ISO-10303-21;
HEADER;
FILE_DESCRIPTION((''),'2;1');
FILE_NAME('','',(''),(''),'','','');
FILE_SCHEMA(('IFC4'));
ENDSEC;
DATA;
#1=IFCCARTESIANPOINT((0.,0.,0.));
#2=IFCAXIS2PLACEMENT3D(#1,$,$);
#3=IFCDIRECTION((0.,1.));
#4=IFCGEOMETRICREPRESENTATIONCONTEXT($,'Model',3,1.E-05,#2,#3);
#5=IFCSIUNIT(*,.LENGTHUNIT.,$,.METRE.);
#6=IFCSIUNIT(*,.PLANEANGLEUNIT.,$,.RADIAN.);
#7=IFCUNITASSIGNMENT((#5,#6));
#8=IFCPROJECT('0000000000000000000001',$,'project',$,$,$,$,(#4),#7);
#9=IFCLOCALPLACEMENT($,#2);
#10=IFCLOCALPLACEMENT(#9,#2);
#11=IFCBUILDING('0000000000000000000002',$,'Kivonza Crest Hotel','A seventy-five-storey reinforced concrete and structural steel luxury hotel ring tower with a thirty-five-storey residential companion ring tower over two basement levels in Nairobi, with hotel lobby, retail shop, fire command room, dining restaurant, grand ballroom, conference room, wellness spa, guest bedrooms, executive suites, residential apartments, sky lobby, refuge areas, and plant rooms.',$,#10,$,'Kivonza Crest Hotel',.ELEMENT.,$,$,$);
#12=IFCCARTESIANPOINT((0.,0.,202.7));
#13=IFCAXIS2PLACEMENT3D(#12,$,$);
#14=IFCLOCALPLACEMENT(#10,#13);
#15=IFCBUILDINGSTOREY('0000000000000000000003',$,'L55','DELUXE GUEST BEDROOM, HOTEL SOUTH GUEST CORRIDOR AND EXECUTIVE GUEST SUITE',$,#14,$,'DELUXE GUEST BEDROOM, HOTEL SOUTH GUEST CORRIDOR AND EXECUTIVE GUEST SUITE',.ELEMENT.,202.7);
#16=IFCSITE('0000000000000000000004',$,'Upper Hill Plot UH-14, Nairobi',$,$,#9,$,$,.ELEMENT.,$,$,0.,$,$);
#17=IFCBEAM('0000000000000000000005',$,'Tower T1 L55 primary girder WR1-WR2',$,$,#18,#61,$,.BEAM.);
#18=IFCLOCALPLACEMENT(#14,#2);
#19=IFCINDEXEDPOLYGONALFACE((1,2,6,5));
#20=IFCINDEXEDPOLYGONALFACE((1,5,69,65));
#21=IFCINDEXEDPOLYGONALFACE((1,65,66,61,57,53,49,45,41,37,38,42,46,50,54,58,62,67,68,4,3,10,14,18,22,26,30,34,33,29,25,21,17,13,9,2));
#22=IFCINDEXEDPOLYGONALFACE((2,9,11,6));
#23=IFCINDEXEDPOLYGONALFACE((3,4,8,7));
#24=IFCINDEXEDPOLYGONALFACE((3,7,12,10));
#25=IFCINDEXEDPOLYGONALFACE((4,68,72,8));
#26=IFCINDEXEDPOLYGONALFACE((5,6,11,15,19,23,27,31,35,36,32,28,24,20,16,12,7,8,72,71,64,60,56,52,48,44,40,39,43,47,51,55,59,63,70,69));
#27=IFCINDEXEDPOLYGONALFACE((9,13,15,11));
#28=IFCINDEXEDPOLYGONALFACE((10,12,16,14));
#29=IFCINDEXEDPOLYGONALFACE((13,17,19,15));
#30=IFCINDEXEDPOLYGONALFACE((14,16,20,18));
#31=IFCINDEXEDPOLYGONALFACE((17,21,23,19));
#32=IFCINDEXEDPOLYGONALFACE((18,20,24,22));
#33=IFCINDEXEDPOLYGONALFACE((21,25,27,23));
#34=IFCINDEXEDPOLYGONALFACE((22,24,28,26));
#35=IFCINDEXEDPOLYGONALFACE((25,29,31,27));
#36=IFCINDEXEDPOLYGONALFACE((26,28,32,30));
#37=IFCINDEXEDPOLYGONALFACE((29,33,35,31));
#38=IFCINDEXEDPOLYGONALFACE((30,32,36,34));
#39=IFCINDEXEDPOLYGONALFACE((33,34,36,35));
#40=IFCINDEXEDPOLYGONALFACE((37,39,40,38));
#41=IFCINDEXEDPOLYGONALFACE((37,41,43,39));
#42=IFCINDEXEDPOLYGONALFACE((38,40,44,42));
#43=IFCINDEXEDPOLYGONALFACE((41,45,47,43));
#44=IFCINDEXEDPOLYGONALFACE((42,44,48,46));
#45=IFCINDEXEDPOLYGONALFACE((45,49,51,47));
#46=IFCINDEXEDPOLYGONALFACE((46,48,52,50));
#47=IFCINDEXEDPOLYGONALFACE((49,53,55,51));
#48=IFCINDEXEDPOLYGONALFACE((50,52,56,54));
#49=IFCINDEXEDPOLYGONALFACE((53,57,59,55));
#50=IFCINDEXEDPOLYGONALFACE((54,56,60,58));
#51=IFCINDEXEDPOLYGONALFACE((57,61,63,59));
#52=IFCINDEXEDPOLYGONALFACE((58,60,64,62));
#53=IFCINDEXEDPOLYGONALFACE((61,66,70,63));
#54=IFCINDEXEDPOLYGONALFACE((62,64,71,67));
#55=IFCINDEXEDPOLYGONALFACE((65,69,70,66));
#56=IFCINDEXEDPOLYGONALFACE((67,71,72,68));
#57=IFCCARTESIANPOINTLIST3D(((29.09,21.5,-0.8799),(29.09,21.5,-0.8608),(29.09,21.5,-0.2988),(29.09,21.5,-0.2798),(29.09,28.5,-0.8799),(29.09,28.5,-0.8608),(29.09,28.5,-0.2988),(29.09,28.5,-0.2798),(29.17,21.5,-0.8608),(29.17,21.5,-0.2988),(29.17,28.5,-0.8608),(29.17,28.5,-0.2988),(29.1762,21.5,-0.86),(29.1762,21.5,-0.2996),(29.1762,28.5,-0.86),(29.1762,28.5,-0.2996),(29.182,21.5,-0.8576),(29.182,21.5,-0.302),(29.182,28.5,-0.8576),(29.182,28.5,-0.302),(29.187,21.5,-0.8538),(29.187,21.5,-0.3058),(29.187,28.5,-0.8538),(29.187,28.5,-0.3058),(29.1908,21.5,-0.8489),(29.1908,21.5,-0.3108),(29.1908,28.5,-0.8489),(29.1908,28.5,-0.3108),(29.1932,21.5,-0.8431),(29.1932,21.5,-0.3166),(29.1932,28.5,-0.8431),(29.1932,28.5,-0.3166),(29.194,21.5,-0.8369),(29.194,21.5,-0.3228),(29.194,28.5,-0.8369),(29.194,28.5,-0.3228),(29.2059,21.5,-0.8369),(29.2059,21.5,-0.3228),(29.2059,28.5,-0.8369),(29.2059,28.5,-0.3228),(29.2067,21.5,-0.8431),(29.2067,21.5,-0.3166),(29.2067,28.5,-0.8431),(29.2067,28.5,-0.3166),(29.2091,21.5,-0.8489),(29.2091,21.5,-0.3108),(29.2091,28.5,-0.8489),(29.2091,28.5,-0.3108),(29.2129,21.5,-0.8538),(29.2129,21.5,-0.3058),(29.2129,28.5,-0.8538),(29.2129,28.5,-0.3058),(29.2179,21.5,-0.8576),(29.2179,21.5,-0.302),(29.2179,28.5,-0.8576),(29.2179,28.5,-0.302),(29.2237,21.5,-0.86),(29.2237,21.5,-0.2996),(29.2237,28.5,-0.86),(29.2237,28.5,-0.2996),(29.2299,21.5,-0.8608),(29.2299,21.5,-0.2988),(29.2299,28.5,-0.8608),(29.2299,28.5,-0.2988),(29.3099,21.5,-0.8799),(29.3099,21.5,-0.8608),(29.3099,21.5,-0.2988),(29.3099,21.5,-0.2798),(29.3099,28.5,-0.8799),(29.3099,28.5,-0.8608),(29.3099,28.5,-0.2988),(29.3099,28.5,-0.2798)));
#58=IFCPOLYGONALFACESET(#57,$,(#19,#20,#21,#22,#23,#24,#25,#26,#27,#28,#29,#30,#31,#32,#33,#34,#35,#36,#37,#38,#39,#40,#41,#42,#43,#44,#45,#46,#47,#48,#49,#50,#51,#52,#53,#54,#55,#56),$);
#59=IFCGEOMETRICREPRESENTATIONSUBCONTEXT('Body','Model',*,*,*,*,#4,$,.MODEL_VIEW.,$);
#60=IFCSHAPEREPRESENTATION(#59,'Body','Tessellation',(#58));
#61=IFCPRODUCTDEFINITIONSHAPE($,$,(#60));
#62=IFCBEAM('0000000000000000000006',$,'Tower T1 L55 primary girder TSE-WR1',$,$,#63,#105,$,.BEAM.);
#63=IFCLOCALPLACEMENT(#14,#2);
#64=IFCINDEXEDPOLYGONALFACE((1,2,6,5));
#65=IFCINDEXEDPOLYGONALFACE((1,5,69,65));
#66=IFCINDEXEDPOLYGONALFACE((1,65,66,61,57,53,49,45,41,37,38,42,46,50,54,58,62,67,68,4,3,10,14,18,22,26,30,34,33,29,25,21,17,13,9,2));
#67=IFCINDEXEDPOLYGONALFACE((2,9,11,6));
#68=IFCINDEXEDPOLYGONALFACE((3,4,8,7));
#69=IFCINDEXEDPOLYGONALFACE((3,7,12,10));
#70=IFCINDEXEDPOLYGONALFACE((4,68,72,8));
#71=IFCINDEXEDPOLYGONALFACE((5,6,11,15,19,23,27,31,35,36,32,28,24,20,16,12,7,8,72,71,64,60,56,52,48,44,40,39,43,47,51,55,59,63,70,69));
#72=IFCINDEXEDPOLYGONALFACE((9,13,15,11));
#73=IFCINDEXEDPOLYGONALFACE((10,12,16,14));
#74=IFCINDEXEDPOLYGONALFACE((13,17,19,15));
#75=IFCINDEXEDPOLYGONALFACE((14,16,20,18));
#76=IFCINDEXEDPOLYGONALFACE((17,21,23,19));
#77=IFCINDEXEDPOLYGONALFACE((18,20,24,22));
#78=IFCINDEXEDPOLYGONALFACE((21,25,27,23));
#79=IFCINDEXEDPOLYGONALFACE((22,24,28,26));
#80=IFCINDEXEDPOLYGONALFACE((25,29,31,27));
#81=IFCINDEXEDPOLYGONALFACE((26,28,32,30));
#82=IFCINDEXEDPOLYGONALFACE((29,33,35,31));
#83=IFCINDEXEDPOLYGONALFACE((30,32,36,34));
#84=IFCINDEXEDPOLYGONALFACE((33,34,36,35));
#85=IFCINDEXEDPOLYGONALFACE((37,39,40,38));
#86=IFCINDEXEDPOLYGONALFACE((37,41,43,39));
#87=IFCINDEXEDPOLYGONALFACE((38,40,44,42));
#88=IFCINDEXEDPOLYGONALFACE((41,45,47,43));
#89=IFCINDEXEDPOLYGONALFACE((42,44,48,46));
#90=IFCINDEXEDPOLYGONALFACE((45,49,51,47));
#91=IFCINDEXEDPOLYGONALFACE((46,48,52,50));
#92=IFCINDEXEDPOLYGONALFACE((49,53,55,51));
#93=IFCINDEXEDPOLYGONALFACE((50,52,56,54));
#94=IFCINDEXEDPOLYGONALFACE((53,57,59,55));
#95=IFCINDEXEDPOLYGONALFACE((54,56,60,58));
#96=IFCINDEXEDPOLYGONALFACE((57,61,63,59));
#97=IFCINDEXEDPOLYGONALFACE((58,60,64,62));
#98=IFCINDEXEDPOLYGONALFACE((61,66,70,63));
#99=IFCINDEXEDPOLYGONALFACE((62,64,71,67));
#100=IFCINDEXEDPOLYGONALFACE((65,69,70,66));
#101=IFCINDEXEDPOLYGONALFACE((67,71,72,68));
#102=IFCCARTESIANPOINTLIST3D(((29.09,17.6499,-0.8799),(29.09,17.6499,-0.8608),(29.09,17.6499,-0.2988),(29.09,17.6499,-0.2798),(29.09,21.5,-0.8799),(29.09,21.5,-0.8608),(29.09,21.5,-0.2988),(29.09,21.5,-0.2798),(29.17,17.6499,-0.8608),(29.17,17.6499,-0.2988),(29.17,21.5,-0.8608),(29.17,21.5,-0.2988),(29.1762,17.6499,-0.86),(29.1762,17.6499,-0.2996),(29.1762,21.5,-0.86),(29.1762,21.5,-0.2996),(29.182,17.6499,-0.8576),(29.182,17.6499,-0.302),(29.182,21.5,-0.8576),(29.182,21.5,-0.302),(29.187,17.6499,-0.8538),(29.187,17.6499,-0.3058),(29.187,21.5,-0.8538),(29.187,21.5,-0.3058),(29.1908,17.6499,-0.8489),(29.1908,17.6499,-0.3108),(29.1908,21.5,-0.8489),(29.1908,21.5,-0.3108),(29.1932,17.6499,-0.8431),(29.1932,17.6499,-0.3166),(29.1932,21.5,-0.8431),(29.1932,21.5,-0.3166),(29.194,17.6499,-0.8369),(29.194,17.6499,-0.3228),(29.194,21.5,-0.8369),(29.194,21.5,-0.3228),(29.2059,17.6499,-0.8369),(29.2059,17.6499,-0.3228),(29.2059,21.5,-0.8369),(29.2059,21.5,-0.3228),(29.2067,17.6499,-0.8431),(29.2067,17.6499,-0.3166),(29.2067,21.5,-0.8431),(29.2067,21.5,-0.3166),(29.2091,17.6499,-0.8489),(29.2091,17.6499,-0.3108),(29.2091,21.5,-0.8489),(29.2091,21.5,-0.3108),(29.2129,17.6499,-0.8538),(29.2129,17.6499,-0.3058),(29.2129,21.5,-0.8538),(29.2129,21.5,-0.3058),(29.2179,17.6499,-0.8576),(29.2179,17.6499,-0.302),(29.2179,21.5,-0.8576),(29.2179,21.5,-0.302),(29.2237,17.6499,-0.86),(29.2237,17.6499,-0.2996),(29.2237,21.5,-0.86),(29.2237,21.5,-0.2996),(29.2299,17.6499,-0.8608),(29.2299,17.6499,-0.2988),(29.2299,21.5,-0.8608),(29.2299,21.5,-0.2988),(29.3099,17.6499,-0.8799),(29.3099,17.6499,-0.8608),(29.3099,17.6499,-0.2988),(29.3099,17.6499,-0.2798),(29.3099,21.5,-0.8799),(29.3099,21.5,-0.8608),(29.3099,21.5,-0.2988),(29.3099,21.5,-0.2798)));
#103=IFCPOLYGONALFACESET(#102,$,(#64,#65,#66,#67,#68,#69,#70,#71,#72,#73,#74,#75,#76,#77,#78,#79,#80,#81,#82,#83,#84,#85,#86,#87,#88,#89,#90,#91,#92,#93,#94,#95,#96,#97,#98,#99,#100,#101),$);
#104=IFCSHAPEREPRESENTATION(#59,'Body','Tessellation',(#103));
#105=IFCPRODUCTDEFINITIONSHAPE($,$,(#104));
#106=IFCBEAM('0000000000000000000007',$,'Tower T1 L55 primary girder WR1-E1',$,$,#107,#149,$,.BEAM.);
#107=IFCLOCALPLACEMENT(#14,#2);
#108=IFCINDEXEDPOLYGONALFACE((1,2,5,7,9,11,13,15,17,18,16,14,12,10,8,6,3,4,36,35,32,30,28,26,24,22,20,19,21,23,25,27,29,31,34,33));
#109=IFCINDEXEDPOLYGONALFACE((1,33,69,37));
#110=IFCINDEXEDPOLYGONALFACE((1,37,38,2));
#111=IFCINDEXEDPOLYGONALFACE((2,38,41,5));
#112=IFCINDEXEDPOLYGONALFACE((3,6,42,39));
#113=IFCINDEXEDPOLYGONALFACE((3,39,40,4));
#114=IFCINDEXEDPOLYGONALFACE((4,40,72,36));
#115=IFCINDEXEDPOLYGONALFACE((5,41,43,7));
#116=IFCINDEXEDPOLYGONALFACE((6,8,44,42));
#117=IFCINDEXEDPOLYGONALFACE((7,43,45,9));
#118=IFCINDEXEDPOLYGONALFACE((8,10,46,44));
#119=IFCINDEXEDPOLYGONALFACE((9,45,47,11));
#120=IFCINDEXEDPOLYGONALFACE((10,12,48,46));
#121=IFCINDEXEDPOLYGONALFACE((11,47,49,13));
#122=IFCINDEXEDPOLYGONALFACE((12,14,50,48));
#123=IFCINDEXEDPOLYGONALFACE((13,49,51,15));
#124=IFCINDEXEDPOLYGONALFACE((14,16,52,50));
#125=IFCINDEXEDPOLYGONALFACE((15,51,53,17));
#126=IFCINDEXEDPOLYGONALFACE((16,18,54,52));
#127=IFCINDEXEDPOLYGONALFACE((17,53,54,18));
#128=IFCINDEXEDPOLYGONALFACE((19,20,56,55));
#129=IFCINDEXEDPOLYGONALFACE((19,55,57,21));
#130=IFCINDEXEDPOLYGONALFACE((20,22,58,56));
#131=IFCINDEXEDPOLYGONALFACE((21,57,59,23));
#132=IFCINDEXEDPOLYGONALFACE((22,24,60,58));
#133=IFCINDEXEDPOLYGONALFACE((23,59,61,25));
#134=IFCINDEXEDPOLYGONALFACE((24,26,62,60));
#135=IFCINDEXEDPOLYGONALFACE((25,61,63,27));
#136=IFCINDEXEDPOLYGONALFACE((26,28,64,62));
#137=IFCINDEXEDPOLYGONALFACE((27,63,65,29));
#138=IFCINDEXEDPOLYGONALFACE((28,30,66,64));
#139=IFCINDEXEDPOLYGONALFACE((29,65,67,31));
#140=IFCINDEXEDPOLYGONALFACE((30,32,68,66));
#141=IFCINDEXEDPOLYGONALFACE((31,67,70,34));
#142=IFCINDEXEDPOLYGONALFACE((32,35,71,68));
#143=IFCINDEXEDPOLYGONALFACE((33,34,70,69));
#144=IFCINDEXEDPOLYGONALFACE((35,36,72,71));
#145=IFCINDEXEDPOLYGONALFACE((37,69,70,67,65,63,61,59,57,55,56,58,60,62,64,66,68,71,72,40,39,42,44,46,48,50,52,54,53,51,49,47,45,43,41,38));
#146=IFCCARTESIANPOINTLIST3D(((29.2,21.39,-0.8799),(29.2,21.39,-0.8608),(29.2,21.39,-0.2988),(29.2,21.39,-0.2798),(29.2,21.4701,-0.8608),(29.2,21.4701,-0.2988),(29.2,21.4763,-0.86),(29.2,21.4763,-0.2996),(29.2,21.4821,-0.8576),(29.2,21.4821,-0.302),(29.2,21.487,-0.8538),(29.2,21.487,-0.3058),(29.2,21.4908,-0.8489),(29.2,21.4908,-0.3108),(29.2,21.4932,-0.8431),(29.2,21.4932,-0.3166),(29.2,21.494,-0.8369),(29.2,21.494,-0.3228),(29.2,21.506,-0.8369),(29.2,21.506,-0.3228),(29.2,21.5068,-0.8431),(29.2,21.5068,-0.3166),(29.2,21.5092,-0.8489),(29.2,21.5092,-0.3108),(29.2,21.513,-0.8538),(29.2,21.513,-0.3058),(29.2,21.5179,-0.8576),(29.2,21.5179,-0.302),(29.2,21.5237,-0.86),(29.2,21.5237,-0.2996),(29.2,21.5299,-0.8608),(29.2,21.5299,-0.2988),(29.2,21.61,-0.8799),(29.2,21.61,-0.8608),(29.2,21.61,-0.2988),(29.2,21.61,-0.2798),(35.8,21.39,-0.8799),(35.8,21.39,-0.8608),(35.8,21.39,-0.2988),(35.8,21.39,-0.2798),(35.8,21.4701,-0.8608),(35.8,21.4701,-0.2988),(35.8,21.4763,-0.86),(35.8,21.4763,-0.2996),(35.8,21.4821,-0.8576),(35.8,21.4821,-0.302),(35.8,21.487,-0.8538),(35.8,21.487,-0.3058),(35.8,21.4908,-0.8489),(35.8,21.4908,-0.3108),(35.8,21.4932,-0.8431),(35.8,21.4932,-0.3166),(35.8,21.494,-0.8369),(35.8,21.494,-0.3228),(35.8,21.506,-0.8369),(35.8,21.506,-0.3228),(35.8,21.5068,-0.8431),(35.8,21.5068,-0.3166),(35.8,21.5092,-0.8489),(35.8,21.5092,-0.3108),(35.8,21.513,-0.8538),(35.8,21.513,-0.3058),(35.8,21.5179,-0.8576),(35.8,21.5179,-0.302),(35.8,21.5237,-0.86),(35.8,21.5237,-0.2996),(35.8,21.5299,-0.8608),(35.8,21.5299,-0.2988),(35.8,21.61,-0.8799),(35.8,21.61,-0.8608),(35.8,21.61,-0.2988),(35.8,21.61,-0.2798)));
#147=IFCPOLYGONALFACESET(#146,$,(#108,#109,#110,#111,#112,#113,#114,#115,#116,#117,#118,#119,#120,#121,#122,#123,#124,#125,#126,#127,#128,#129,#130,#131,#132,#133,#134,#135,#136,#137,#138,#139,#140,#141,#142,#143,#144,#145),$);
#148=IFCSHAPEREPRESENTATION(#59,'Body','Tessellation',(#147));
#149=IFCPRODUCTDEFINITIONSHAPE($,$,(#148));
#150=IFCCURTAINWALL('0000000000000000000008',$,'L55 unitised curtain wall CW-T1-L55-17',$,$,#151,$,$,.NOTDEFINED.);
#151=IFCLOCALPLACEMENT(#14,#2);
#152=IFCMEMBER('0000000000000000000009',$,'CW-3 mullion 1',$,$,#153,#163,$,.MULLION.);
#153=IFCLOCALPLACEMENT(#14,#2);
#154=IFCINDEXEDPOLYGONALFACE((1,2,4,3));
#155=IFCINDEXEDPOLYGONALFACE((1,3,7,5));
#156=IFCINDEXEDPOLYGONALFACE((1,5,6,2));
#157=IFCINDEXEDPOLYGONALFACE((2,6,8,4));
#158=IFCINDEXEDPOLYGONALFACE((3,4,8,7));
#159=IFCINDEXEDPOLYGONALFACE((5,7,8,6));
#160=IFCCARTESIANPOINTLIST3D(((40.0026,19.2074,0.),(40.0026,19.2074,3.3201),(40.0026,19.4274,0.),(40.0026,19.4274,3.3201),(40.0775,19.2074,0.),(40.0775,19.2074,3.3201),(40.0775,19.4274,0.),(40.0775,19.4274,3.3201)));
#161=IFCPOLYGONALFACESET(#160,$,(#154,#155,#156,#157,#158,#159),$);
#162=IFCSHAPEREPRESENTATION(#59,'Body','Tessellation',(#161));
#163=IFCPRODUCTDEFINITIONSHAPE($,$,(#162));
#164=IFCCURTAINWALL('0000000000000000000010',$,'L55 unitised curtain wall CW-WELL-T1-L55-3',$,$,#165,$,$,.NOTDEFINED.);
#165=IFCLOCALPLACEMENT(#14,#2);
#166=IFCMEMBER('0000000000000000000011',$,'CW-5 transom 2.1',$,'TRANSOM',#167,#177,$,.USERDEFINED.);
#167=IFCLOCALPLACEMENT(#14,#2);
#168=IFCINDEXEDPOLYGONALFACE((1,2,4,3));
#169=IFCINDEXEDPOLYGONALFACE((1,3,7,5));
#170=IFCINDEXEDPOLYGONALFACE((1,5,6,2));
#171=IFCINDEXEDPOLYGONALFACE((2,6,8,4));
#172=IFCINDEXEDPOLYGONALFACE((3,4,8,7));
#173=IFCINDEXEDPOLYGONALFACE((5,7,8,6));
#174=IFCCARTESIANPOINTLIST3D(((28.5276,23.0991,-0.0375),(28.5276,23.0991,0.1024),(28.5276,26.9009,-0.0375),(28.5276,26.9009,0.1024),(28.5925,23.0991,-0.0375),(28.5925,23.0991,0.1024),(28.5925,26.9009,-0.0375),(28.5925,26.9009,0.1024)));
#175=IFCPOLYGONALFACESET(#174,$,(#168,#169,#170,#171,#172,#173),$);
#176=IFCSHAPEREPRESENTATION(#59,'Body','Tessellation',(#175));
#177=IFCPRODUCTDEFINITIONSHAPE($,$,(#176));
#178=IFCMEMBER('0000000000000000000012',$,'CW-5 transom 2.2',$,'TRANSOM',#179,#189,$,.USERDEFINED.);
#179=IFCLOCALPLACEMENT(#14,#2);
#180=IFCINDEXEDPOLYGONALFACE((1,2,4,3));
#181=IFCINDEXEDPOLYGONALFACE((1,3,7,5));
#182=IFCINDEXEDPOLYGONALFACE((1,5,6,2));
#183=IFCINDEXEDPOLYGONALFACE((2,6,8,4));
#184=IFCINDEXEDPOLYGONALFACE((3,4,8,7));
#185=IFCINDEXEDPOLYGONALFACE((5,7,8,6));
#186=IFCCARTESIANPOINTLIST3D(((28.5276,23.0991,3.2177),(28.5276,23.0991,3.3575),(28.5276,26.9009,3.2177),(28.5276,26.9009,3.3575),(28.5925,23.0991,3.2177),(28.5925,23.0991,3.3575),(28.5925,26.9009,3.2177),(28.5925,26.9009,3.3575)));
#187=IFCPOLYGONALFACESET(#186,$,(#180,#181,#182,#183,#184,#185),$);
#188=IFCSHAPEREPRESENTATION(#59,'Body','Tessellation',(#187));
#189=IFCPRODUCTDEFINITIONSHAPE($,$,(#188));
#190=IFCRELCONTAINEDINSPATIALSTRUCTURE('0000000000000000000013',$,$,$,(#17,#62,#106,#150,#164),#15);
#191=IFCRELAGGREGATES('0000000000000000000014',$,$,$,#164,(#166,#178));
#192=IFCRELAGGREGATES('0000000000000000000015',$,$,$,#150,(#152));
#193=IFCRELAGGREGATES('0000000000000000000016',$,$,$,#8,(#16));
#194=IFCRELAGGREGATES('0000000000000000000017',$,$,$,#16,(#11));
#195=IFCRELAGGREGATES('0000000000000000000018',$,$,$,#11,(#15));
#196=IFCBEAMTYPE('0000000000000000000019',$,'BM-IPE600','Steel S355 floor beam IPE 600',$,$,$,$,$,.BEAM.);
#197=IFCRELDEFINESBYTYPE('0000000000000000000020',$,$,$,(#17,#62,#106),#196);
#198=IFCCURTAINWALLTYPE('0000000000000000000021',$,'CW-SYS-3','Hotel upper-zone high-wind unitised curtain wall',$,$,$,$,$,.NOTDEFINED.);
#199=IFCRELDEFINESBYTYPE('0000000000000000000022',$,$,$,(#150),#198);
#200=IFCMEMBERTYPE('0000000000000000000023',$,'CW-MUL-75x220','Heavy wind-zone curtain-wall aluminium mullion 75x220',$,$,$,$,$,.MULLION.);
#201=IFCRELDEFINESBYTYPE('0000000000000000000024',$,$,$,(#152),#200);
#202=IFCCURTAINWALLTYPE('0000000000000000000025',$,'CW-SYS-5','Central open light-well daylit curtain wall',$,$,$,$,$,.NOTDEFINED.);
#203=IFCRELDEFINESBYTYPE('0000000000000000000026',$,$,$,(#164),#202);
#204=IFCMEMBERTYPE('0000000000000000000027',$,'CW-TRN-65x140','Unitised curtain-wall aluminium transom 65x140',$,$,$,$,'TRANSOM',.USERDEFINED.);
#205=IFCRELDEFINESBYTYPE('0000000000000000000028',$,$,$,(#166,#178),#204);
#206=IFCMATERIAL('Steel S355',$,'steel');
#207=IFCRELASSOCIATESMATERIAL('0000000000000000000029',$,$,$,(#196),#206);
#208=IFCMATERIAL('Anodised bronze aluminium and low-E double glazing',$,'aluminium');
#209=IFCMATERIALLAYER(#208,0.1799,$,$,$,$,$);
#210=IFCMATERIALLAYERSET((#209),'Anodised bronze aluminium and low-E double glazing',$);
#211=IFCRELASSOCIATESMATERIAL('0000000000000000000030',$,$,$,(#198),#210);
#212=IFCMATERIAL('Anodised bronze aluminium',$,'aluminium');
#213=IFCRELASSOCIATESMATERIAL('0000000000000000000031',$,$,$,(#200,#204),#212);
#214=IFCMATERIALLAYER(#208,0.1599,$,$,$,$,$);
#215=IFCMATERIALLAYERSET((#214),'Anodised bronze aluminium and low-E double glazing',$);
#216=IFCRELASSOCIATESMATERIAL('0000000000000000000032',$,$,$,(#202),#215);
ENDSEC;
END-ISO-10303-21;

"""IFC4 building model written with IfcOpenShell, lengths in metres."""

from ifc_helpers import new_model, si_unit, direction, frame, origin, origin_2d, place, context, subcontext, project, spatial, rectangle, i_section, extrude, material, layer, layer_set, material_profile, profile_set, type_object, element, aggregate, save


model = new_model("IFC4")

# Units and contexts
model_context = context("Model", 3, precision=1e-05, world=origin(), true_north=direction((0.0, 1.0)))
body_context = subcontext(model_context, "Body", "Model", "MODEL_VIEW")
ifc_project = project(units=[si_unit("LENGTHUNIT", "METRE"), si_unit("PLANEANGLEUNIT", "RADIAN")], contexts=[model_context])

# Site, building, storey
site_placement = place(None, origin())
site = spatial("IfcSite", under=ifc_project, at=site_placement, Name="Upper Hill Plot UH-14, Nairobi", CompositionType="ELEMENT", RefElevation=0.0)
building_placement = place(site_placement, origin())
building = spatial("IfcBuilding", under=site, at=building_placement, Name="Kivonza Crest Hotel", Description="A seventy-five-storey reinforced concrete and structural steel luxury hotel ring tower with a thirty-five-storey residential companion ring tower over two basement levels in Nairobi, with hotel lobby, retail shop, fire command room, dining restaurant, grand ballroom, conference room, wellness spa, guest bedrooms, executive suites, residential apartments, sky lobby, refuge areas, and plant rooms.", LongName="Kivonza Crest Hotel", CompositionType="ELEMENT")
storey_placement = place(building_placement, frame((0.0, 0.0, 202.7)))
storey = spatial("IfcBuildingStorey", under=building, at=storey_placement, Name="L55", Description="DELUXE GUEST BEDROOM, HOTEL SOUTH GUEST CORRIDOR AND EXECUTIVE GUEST SUITE", LongName="DELUXE GUEST BEDROOM, HOTEL SOUTH GUEST CORRIDOR AND EXECUTIVE GUEST SUITE", CompositionType="ELEMENT", Elevation=202.7)

# Beams
ifc_material_1 = material(Name="Steel S355", Category="steel")
ifc_material_profile_1 = material_profile(ifc_material_1, i_section(OverallWidth=0.22, OverallDepth=0.6001, WebThickness=0.012, FlangeThickness=0.019, FilletRadius=0.0239, at=origin_2d()), Name="IPE 600")
ifc_profile_set_1 = profile_set([ifc_material_profile_1], Name="Steel S355")
beam_type_1 = type_object("IfcBeamType", Name="BM-IPE600", Description="Steel S355 floor beam IPE 600", PredefinedType="BEAM", material=ifc_profile_set_1)
beam_1_placement = place(storey_placement, frame((29.2, 21.5, -0.5798), z_axis=(0.0, 1.0, 0.0), x_axis=(-1.0, 0.0, 0.0)))
element("IfcBeam", 1, at=beam_1_placement, inside=storey, type_object=beam_type_1, Name="Tower T1 L55 primary girder WR1-WR2", PredefinedType="BEAM", context=body_context, shape_type="SweptSolid", body=[
    extrude(i_section(OverallWidth=0.22, OverallDepth=0.6001, WebThickness=0.012, FlangeThickness=0.019, FilletRadius=0.0239, at=origin_2d()), origin(), (0.0, 0.0, 1.0), 7.0),
])
beam_2_placement = place(storey_placement, frame((29.2, 17.6499, -0.5798), z_axis=(0.0, 1.0, 0.0), x_axis=(-1.0, 0.0, 0.0)))
element("IfcBeam", 2, at=beam_2_placement, inside=storey, type_object=beam_type_1, Name="Tower T1 L55 primary girder TSE-WR1", PredefinedType="BEAM", context=body_context, shape_type="SweptSolid", body=[
    extrude(i_section(OverallWidth=0.22, OverallDepth=0.6001, WebThickness=0.012, FlangeThickness=0.019, FilletRadius=0.0239, at=origin_2d()), origin(), (0.0, 0.0, 1.0), 3.8501),
])
beam_3_placement = place(storey_placement, frame((29.2, 21.5, -0.5798), z_axis=(1.0, 0.0, 0.0), x_axis=(0.0, 1.0, 0.0)))
element("IfcBeam", 3, at=beam_3_placement, inside=storey, type_object=beam_type_1, Name="Tower T1 L55 primary girder WR1-E1", PredefinedType="BEAM", context=body_context, shape_type="SweptSolid", body=[
    extrude(i_section(OverallWidth=0.22, OverallDepth=0.6001, WebThickness=0.012, FlangeThickness=0.019, FilletRadius=0.0239, at=origin_2d()), origin(), (0.0, 0.0, 1.0), 6.6001),
])

# Curtain wall, member
ifc_material_2 = material(Name="Anodised bronze aluminium and low-E double glazing", Category="aluminium")
ifc_layer_1 = layer(ifc_material_2, 0.1799)
ifc_layer_set_1 = layer_set([ifc_layer_1], Name="Anodised bronze aluminium and low-E double glazing")
curtain_wall_type_1 = type_object("IfcCurtainWallType", Name="CW-SYS-3", Description="Hotel upper-zone high-wind unitised curtain wall", PredefinedType="NOTDEFINED", material=ifc_layer_set_1)
curtain_wall_1_placement = place(storey_placement, origin())
curtain_wall_1 = element("IfcCurtainWall", 4, at=curtain_wall_1_placement, inside=storey, type_object=curtain_wall_type_1, Name="L55 unitised curtain wall CW-T1-L55-17", PredefinedType="NOTDEFINED")
ifc_material_3 = material(Name="Anodised bronze aluminium", Category="aluminium")
ifc_material_profile_2 = material_profile(ifc_material_3, rectangle(XDim=0.075, YDim=0.22, at=origin_2d()), Name="CW-M 75x220")
ifc_profile_set_2 = profile_set([ifc_material_profile_2], Name="Anodised bronze aluminium")
member_type_1 = type_object("IfcMemberType", Name="CW-MUL-75x220", Description="Heavy wind-zone curtain-wall aluminium mullion 75x220", PredefinedType="MULLION", material=ifc_profile_set_2)
member_1_placement = place(storey_placement, frame((40.04, 19.3174, 0.0), z_axis=(0.0, 0.0, 1.0), x_axis=(-1.0, 0.0, 0.0)))
member_1 = element("IfcMember", 5, at=member_1_placement, type_object=member_type_1, Name="CW-3 mullion 1", PredefinedType="MULLION", context=body_context, shape_type="SweptSolid", body=[
    extrude(rectangle(XDim=0.075, YDim=0.22, at=origin_2d()), origin(), (0.0, 0.0, 1.0), 3.3201),
])

# Curtain wall, members
ifc_layer_2 = layer(ifc_material_2, 0.1599)
ifc_layer_set_2 = layer_set([ifc_layer_2], Name="Anodised bronze aluminium and low-E double glazing")
curtain_wall_type_2 = type_object("IfcCurtainWallType", Name="CW-SYS-5", Description="Central open light-well daylit curtain wall", PredefinedType="NOTDEFINED", material=ifc_layer_set_2)
curtain_wall_2_placement = place(storey_placement, origin())
curtain_wall_2 = element("IfcCurtainWall", 6, at=curtain_wall_2_placement, inside=storey, type_object=curtain_wall_type_2, Name="L55 unitised curtain wall CW-WELL-T1-L55-3", PredefinedType="NOTDEFINED")
ifc_material_profile_3 = material_profile(ifc_material_3, rectangle(XDim=0.0649, YDim=0.1399, at=origin_2d()), Name="CW-T 65x140")
ifc_profile_set_3 = profile_set([ifc_material_profile_3], Name="Anodised bronze aluminium")
member_type_2 = type_object("IfcMemberType", Name="CW-TRN-65x140", Description="Unitised curtain-wall aluminium transom 65x140", ElementType="TRANSOM", PredefinedType="USERDEFINED", material=ifc_profile_set_3)
member_2_placement = place(storey_placement, frame((28.5601, 23.0991, 0.0325), z_axis=(0.0, 1.0, 0.0), x_axis=(-1.0, 0.0, 0.0)))
member_2 = element("IfcMember", 7, at=member_2_placement, type_object=member_type_2, Name="CW-5 transom 2.1", ObjectType="TRANSOM", PredefinedType="USERDEFINED", context=body_context, shape_type="SweptSolid", body=[
    extrude(rectangle(XDim=0.0649, YDim=0.1399, at=origin_2d()), origin(), (0.0, 0.0, 1.0), 3.8018),
])
member_3_placement = place(storey_placement, frame((28.5601, 23.0991, 3.2876), z_axis=(0.0, 1.0, 0.0), x_axis=(-1.0, 0.0, 0.0)))
member_3 = element("IfcMember", 8, at=member_3_placement, type_object=member_type_2, Name="CW-5 transom 2.2", ObjectType="TRANSOM", PredefinedType="USERDEFINED", context=body_context, shape_type="SweptSolid", body=[
    extrude(rectangle(XDim=0.0649, YDim=0.1399, at=origin_2d()), origin(), (0.0, 0.0, 1.0), 3.8018),
])
aggregate(curtain_wall_2, [member_2, member_3])

aggregate(curtain_wall_1, [member_1])

save(model, "model.ifc")
